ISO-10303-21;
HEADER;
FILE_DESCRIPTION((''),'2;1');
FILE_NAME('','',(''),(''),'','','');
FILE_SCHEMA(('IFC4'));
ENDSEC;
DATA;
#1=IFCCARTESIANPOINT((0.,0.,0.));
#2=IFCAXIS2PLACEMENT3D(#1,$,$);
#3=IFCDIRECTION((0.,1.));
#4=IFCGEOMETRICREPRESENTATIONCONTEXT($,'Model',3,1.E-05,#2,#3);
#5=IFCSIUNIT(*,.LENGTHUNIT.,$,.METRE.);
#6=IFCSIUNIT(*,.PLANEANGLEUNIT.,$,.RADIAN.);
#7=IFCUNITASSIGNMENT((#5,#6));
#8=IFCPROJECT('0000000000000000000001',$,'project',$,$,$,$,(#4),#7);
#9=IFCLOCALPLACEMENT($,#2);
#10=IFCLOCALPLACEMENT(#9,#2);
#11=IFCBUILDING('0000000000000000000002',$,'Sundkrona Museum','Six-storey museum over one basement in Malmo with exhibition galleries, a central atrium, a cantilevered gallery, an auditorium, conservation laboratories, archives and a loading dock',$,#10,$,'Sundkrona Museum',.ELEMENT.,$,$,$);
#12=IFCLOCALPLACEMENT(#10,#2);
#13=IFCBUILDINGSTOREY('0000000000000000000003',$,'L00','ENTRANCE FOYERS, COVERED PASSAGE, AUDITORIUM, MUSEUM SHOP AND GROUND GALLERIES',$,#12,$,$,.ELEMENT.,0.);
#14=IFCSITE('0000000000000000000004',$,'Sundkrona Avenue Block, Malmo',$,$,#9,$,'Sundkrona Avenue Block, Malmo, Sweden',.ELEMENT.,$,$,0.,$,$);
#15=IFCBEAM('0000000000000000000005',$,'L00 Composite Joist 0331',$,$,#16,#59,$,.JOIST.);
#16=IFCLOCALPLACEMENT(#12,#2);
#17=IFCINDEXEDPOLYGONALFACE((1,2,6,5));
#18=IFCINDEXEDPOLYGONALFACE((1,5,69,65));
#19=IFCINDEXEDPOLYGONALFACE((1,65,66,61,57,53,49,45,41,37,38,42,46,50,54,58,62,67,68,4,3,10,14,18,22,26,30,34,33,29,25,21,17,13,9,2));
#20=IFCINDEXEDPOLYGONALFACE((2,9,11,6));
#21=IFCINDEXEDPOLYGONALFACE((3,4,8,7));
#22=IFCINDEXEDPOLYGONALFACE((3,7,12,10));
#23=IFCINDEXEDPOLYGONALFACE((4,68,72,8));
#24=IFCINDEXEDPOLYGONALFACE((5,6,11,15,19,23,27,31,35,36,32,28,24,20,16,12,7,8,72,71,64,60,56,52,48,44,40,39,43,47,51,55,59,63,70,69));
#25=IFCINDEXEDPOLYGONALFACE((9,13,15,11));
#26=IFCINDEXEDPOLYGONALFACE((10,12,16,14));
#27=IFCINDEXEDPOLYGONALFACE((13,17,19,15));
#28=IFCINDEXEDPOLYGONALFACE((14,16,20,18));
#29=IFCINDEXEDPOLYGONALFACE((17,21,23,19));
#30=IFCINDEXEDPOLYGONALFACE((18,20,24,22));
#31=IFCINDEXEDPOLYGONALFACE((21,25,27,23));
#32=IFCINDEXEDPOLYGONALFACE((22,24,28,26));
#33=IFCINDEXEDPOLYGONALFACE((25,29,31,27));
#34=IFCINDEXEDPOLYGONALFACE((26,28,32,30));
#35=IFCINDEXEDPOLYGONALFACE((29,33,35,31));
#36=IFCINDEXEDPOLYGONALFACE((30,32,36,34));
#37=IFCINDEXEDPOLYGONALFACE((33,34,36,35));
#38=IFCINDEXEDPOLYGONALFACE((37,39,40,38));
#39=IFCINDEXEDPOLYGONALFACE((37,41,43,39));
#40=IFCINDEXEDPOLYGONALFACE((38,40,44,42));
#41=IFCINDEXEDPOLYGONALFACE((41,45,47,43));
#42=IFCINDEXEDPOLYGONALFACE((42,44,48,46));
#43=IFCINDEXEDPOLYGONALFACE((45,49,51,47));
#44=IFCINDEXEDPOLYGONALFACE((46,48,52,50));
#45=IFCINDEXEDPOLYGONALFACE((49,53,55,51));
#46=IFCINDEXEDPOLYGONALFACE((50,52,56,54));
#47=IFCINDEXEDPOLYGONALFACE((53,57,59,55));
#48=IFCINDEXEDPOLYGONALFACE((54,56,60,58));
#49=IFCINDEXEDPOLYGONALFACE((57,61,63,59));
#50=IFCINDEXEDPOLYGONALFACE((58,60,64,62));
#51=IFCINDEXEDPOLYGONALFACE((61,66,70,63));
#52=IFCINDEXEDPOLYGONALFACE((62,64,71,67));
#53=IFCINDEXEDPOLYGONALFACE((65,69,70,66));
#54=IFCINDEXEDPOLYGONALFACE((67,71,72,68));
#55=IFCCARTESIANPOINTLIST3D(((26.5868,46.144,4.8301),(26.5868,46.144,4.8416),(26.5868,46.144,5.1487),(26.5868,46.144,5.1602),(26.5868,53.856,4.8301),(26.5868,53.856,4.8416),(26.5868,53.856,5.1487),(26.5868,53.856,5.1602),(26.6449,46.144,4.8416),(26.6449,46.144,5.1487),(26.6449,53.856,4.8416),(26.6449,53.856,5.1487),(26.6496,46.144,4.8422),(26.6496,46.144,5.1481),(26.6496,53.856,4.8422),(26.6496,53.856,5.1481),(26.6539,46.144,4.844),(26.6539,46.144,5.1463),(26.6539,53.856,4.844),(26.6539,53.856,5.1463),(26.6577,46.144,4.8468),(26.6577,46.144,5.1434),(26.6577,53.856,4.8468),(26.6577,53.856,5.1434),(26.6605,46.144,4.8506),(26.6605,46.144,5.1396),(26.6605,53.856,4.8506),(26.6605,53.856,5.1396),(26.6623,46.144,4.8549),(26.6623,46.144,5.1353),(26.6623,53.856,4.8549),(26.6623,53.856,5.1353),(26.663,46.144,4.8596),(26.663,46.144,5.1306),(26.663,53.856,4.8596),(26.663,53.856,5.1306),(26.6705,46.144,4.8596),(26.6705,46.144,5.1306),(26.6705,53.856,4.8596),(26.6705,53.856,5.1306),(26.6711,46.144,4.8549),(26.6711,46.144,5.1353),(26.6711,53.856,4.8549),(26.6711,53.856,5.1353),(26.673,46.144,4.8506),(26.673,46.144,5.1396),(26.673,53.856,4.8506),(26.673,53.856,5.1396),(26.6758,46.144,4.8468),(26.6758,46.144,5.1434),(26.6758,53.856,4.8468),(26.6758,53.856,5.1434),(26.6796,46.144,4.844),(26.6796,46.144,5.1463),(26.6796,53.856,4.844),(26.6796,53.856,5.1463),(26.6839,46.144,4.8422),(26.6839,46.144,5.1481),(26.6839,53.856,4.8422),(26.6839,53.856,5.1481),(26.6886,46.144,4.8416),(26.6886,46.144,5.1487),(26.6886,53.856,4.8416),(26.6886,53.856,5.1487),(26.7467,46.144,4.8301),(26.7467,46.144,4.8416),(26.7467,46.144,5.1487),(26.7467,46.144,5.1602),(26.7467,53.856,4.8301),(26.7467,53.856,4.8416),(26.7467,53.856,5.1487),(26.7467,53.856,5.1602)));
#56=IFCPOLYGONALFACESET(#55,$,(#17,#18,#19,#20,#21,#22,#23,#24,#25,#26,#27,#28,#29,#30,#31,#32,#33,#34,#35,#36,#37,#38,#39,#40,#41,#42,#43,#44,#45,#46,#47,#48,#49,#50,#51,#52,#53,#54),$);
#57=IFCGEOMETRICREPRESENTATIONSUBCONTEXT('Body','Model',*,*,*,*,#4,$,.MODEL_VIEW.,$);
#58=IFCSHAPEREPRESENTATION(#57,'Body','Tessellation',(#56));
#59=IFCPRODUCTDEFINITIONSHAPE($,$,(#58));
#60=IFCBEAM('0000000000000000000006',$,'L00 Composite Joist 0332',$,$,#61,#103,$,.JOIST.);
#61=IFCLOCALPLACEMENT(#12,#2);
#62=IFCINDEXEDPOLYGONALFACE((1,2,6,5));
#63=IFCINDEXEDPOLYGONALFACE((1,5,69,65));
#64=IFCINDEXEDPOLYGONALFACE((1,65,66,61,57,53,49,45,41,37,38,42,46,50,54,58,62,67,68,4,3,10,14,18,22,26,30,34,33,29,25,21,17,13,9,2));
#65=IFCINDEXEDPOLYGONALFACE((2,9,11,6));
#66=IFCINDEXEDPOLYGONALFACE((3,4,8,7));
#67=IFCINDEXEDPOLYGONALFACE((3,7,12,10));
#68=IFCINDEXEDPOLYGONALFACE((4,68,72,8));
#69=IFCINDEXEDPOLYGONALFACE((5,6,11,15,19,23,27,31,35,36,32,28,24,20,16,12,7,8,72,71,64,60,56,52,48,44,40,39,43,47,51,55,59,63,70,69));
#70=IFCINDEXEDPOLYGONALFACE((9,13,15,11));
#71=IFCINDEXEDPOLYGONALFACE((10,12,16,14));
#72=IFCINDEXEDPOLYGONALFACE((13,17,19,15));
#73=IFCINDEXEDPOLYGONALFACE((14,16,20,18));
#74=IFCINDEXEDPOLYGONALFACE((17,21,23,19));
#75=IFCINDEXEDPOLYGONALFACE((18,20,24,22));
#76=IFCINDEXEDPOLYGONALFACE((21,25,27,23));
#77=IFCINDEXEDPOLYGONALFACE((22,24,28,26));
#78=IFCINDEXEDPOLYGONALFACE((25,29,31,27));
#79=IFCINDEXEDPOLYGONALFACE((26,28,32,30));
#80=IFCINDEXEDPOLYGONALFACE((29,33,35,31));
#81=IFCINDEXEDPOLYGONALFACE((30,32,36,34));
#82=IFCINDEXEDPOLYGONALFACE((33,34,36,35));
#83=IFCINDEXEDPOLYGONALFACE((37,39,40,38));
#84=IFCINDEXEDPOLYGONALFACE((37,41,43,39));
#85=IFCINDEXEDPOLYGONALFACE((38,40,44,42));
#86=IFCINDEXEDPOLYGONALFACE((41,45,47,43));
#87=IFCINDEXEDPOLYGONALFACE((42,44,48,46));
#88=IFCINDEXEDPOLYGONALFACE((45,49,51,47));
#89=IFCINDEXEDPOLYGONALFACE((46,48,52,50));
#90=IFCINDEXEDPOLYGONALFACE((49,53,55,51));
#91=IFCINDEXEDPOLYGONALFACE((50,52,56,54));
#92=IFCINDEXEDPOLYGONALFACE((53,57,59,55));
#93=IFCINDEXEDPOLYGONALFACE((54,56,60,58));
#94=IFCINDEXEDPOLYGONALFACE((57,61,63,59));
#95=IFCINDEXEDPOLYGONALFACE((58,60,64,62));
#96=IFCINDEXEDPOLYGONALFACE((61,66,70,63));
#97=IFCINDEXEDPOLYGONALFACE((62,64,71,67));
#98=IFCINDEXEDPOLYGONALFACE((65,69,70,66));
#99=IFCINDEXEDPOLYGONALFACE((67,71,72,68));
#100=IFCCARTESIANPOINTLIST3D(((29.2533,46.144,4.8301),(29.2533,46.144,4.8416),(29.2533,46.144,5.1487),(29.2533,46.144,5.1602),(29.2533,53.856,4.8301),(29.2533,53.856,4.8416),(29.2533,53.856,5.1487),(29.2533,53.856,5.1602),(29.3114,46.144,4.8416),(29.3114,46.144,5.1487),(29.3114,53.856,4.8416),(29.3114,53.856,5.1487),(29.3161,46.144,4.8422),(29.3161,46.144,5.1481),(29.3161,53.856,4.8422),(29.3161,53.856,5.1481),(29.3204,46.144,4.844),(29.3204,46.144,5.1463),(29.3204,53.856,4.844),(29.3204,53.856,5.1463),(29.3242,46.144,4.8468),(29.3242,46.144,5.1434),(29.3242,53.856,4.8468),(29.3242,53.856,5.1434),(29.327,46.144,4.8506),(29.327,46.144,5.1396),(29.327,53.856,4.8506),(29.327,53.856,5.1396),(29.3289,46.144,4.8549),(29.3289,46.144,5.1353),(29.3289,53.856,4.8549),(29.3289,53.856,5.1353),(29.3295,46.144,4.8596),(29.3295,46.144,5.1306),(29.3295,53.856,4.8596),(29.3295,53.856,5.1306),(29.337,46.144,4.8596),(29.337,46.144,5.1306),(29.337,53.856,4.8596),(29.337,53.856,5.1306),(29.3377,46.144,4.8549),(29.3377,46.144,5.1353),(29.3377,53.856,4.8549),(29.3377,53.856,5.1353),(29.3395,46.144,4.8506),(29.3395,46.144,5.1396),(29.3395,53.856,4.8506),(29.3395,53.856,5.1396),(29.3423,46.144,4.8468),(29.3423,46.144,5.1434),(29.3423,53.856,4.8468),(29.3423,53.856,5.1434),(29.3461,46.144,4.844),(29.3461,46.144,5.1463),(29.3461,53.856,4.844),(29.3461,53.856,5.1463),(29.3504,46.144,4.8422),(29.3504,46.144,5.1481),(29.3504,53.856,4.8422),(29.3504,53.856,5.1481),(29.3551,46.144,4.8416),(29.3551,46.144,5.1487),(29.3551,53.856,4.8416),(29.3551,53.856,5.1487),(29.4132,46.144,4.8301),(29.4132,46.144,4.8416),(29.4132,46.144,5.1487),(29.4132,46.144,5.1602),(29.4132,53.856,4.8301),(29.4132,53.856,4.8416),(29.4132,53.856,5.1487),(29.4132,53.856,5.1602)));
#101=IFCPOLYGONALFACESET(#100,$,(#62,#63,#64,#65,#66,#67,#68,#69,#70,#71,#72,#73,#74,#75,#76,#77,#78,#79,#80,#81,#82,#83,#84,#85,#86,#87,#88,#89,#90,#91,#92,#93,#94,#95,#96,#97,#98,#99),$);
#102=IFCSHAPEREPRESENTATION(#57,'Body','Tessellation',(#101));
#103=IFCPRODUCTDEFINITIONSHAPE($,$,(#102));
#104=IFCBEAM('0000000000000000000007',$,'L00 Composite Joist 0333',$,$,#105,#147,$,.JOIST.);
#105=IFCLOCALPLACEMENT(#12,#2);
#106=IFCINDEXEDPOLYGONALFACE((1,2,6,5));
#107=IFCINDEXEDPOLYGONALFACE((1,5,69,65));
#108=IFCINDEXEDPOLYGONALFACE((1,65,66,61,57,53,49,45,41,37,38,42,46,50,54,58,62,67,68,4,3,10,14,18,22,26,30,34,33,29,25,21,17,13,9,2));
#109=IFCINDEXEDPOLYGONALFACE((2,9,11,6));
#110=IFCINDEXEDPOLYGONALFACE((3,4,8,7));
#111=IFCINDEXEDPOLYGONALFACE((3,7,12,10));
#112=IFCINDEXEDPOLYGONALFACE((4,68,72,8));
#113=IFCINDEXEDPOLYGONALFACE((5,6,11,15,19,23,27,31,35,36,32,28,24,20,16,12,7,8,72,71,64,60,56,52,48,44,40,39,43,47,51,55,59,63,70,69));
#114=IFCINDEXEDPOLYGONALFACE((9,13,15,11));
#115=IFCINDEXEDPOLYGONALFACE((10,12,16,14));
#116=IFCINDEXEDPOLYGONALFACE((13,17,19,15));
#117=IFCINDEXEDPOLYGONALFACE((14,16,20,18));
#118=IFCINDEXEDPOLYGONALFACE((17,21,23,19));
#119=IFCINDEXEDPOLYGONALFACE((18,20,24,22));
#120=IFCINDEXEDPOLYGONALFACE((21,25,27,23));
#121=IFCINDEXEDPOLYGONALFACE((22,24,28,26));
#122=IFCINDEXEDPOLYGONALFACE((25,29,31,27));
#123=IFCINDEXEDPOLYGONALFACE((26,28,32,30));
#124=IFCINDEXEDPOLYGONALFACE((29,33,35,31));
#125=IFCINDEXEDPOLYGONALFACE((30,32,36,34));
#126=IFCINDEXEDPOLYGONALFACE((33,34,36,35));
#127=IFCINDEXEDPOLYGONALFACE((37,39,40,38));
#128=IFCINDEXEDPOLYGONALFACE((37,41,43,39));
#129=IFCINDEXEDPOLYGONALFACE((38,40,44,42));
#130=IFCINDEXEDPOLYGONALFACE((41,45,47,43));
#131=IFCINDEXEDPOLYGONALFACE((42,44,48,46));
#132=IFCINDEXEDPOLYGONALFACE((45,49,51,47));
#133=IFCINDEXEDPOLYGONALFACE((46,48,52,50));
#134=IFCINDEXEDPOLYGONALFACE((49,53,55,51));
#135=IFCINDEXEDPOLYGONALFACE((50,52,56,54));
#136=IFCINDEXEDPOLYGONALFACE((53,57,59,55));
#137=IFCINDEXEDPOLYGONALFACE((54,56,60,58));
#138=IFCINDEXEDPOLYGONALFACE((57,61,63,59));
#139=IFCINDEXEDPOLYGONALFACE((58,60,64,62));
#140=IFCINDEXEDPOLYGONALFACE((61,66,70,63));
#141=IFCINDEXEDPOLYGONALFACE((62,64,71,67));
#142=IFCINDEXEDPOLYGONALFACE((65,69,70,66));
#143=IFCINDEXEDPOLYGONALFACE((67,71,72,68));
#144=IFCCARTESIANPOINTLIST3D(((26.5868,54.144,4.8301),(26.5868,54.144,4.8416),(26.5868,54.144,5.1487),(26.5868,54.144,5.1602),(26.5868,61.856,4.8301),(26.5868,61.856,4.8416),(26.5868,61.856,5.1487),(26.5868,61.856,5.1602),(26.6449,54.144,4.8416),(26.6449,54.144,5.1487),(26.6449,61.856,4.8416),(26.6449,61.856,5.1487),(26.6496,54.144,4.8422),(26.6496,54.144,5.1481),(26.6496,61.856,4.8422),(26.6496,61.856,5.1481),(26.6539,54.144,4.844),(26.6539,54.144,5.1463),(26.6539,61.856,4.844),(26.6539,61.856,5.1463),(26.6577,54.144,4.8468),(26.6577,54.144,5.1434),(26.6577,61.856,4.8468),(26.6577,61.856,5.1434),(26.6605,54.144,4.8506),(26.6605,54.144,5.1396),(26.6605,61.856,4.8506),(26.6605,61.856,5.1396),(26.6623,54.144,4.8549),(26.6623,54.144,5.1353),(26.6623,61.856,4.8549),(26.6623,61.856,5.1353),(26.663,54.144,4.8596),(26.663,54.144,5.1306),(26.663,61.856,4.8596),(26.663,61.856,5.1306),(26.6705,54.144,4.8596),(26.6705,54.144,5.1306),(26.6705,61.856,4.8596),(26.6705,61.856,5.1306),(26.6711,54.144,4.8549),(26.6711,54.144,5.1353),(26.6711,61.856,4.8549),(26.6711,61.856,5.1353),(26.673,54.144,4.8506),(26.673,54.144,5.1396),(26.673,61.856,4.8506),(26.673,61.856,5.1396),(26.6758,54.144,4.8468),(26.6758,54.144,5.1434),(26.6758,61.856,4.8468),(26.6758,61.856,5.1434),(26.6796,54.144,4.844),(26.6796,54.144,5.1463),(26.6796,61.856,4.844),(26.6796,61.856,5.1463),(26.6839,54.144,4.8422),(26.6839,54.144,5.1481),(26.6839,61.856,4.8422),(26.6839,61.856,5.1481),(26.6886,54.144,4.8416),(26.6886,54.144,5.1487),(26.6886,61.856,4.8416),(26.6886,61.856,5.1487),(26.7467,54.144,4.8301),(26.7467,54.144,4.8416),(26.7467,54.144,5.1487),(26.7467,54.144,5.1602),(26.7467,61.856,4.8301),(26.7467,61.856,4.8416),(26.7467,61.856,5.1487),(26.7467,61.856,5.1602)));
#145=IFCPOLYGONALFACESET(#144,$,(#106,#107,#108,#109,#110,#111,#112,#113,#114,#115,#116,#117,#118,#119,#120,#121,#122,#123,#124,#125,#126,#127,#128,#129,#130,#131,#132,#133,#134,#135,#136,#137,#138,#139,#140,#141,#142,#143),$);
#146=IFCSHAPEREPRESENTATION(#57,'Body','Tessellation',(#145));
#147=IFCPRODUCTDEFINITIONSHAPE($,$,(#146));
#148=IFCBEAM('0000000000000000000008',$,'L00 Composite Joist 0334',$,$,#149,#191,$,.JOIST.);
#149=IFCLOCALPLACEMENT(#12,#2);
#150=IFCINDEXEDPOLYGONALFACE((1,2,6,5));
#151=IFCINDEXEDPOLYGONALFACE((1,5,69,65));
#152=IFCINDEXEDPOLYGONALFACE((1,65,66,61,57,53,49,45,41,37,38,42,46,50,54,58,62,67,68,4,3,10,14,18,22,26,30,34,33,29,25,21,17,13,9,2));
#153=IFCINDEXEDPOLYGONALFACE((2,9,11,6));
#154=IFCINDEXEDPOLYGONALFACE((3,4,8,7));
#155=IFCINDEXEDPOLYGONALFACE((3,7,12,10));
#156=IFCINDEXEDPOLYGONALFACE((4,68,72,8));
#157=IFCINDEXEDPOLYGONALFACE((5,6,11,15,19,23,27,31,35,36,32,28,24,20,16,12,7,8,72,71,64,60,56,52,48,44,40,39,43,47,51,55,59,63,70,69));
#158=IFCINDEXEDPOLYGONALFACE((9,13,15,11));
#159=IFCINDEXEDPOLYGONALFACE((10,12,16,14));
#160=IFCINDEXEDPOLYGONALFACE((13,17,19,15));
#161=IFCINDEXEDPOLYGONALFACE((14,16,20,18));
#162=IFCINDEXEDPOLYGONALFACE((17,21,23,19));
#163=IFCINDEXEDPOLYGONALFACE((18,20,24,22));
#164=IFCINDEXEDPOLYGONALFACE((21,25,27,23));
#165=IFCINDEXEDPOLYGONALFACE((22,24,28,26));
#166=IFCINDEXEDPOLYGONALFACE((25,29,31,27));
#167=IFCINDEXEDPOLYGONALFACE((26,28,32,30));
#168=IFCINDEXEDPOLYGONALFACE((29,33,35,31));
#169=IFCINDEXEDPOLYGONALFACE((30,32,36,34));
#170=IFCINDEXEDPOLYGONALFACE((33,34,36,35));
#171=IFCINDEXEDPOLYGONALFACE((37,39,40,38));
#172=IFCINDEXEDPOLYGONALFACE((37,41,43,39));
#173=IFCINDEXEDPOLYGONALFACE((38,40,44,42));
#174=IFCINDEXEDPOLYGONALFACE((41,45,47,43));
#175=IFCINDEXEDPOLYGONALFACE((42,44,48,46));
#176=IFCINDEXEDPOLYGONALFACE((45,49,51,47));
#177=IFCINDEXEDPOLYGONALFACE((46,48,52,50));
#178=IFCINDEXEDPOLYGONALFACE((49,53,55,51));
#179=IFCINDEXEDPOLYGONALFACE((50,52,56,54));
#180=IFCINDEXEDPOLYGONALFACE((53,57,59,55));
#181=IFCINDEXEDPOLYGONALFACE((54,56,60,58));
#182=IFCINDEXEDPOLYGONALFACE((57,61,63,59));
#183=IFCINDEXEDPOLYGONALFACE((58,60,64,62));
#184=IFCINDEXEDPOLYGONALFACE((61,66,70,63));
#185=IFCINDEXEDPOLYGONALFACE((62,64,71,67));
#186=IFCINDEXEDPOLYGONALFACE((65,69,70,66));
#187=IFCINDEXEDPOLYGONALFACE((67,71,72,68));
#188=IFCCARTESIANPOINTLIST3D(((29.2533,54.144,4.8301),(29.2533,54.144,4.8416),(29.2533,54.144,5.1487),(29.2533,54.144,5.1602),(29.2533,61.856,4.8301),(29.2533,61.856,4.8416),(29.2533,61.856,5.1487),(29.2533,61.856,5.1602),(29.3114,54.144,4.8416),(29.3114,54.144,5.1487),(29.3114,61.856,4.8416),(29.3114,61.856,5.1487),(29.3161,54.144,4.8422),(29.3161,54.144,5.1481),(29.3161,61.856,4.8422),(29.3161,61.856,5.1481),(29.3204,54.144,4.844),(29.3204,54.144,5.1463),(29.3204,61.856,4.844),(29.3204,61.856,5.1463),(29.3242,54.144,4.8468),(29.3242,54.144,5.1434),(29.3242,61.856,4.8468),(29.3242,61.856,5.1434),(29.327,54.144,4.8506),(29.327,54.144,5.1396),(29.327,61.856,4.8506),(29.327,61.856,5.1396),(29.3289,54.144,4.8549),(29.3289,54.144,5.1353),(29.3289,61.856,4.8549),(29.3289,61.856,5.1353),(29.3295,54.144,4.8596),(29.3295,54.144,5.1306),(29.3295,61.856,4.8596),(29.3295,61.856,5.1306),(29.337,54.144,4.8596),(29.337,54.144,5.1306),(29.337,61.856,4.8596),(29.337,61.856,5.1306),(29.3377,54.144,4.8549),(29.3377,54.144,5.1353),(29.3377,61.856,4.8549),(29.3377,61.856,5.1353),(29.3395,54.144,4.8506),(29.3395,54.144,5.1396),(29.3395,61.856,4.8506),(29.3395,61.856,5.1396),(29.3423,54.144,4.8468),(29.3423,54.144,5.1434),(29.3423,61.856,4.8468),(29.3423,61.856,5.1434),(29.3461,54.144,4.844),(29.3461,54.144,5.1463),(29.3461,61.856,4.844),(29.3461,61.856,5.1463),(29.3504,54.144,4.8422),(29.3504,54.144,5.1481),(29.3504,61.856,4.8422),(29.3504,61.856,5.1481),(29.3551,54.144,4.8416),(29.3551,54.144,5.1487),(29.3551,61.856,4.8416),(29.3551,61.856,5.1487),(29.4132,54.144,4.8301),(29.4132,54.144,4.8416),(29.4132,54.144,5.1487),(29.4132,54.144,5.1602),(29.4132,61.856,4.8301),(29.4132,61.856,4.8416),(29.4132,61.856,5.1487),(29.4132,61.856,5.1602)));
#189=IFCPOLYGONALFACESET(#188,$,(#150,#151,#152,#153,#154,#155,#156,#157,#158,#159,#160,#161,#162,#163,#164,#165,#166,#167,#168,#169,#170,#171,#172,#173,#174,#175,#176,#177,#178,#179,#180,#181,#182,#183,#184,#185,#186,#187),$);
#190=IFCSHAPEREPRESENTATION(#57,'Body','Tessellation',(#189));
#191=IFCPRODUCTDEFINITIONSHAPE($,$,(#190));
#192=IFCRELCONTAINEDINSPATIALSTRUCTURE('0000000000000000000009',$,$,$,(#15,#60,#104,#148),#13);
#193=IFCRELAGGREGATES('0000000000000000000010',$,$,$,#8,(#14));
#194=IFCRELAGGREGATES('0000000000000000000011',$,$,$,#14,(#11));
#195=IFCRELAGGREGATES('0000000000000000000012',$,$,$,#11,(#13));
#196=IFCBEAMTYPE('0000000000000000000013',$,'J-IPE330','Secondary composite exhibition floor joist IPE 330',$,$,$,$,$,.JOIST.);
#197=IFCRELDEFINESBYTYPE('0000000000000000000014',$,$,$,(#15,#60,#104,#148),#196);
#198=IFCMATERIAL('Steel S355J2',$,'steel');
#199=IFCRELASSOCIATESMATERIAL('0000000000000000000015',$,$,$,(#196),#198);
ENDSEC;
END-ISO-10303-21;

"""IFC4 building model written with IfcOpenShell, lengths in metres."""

from ifc_helpers import new_model, si_unit, direction, frame, origin, origin_2d, place, context, subcontext, project, spatial, i_section, extrude, material, material_profile, profile_set, type_object, element, save


model = new_model("IFC4")

# Units and contexts
model_context = context("Model", 3, precision=1e-05, world=origin(), true_north=direction((0.0, 1.0)))
body_context = subcontext(model_context, "Body", "Model", "MODEL_VIEW")
ifc_project = project(units=[si_unit("LENGTHUNIT", "METRE"), si_unit("PLANEANGLEUNIT", "RADIAN")], contexts=[model_context])

# Site, building, storey
site_placement = place(None, origin())
site = spatial("IfcSite", under=ifc_project, at=site_placement, Name="Sundkrona Avenue Block, Malmo", LongName="Sundkrona Avenue Block, Malmo, Sweden", CompositionType="ELEMENT", RefElevation=0.0)
building_placement = place(site_placement, origin())
building = spatial("IfcBuilding", under=site, at=building_placement, Name="Sundkrona Museum", Description="Six-storey museum over one basement in Malmo with exhibition galleries, a central atrium, a cantilevered gallery, an auditorium, conservation laboratories, archives and a loading dock", LongName="Sundkrona Museum", CompositionType="ELEMENT")
storey_placement = place(building_placement, origin())
storey = spatial("IfcBuildingStorey", under=building, at=storey_placement, Name="L00", Description="ENTRANCE FOYERS, COVERED PASSAGE, AUDITORIUM, MUSEUM SHOP AND GROUND GALLERIES", CompositionType="ELEMENT", Elevation=0.0)

# Shared definitions
ifc_material_1 = material(Name="Steel S355J2", Category="steel")

# Beams
ifc_material_profile_1 = material_profile(ifc_material_1, i_section(OverallWidth=0.1599, OverallDepth=0.3301, WebThickness=0.0076, FlangeThickness=0.0115, FilletRadius=0.0181, at=origin_2d()), Name="IPE 330")
ifc_profile_set_1 = profile_set([ifc_material_profile_1], Name="Steel S355J2")
beam_type_1 = type_object("IfcBeamType", Name="J-IPE330", Description="Secondary composite exhibition floor joist IPE 330", PredefinedType="JOIST", material=ifc_profile_set_1)
for number, where, z_axis, x_axis, name in (
    (1, (26.6667, 46.144, 4.9951), (0.0, 1.0, 0.0), (-1.0, 0.0, 0.0), "L00 Composite Joist 0331"),
    (2, (29.3333, 46.144, 4.9951), (0.0, 1.0, 0.0), (-1.0, 0.0, 0.0), "L00 Composite Joist 0332"),
    (3, (26.6667, 54.144, 4.9951), (0.0, 1.0, 0.0), (-1.0, 0.0, 0.0), "L00 Composite Joist 0333"),
    (4, (29.3333, 54.144, 4.9951), (0.0, 1.0, 0.0), (-1.0, 0.0, 0.0), "L00 Composite Joist 0334"),
):
    element("IfcBeam", number, at=place(storey_placement, frame(where, z_axis=z_axis, x_axis=x_axis)), inside=storey, type_object=beam_type_1, Name=name, PredefinedType="JOIST", context=body_context, shape_type="SweptSolid", body=[
        extrude(i_section(OverallWidth=0.1599, OverallDepth=0.3301, WebThickness=0.0076, FlangeThickness=0.0115, FilletRadius=0.0181, at=origin_2d()), origin(), (0.0, 0.0, 1.0), 7.7119),
    ])

save(model, "model.ifc")
